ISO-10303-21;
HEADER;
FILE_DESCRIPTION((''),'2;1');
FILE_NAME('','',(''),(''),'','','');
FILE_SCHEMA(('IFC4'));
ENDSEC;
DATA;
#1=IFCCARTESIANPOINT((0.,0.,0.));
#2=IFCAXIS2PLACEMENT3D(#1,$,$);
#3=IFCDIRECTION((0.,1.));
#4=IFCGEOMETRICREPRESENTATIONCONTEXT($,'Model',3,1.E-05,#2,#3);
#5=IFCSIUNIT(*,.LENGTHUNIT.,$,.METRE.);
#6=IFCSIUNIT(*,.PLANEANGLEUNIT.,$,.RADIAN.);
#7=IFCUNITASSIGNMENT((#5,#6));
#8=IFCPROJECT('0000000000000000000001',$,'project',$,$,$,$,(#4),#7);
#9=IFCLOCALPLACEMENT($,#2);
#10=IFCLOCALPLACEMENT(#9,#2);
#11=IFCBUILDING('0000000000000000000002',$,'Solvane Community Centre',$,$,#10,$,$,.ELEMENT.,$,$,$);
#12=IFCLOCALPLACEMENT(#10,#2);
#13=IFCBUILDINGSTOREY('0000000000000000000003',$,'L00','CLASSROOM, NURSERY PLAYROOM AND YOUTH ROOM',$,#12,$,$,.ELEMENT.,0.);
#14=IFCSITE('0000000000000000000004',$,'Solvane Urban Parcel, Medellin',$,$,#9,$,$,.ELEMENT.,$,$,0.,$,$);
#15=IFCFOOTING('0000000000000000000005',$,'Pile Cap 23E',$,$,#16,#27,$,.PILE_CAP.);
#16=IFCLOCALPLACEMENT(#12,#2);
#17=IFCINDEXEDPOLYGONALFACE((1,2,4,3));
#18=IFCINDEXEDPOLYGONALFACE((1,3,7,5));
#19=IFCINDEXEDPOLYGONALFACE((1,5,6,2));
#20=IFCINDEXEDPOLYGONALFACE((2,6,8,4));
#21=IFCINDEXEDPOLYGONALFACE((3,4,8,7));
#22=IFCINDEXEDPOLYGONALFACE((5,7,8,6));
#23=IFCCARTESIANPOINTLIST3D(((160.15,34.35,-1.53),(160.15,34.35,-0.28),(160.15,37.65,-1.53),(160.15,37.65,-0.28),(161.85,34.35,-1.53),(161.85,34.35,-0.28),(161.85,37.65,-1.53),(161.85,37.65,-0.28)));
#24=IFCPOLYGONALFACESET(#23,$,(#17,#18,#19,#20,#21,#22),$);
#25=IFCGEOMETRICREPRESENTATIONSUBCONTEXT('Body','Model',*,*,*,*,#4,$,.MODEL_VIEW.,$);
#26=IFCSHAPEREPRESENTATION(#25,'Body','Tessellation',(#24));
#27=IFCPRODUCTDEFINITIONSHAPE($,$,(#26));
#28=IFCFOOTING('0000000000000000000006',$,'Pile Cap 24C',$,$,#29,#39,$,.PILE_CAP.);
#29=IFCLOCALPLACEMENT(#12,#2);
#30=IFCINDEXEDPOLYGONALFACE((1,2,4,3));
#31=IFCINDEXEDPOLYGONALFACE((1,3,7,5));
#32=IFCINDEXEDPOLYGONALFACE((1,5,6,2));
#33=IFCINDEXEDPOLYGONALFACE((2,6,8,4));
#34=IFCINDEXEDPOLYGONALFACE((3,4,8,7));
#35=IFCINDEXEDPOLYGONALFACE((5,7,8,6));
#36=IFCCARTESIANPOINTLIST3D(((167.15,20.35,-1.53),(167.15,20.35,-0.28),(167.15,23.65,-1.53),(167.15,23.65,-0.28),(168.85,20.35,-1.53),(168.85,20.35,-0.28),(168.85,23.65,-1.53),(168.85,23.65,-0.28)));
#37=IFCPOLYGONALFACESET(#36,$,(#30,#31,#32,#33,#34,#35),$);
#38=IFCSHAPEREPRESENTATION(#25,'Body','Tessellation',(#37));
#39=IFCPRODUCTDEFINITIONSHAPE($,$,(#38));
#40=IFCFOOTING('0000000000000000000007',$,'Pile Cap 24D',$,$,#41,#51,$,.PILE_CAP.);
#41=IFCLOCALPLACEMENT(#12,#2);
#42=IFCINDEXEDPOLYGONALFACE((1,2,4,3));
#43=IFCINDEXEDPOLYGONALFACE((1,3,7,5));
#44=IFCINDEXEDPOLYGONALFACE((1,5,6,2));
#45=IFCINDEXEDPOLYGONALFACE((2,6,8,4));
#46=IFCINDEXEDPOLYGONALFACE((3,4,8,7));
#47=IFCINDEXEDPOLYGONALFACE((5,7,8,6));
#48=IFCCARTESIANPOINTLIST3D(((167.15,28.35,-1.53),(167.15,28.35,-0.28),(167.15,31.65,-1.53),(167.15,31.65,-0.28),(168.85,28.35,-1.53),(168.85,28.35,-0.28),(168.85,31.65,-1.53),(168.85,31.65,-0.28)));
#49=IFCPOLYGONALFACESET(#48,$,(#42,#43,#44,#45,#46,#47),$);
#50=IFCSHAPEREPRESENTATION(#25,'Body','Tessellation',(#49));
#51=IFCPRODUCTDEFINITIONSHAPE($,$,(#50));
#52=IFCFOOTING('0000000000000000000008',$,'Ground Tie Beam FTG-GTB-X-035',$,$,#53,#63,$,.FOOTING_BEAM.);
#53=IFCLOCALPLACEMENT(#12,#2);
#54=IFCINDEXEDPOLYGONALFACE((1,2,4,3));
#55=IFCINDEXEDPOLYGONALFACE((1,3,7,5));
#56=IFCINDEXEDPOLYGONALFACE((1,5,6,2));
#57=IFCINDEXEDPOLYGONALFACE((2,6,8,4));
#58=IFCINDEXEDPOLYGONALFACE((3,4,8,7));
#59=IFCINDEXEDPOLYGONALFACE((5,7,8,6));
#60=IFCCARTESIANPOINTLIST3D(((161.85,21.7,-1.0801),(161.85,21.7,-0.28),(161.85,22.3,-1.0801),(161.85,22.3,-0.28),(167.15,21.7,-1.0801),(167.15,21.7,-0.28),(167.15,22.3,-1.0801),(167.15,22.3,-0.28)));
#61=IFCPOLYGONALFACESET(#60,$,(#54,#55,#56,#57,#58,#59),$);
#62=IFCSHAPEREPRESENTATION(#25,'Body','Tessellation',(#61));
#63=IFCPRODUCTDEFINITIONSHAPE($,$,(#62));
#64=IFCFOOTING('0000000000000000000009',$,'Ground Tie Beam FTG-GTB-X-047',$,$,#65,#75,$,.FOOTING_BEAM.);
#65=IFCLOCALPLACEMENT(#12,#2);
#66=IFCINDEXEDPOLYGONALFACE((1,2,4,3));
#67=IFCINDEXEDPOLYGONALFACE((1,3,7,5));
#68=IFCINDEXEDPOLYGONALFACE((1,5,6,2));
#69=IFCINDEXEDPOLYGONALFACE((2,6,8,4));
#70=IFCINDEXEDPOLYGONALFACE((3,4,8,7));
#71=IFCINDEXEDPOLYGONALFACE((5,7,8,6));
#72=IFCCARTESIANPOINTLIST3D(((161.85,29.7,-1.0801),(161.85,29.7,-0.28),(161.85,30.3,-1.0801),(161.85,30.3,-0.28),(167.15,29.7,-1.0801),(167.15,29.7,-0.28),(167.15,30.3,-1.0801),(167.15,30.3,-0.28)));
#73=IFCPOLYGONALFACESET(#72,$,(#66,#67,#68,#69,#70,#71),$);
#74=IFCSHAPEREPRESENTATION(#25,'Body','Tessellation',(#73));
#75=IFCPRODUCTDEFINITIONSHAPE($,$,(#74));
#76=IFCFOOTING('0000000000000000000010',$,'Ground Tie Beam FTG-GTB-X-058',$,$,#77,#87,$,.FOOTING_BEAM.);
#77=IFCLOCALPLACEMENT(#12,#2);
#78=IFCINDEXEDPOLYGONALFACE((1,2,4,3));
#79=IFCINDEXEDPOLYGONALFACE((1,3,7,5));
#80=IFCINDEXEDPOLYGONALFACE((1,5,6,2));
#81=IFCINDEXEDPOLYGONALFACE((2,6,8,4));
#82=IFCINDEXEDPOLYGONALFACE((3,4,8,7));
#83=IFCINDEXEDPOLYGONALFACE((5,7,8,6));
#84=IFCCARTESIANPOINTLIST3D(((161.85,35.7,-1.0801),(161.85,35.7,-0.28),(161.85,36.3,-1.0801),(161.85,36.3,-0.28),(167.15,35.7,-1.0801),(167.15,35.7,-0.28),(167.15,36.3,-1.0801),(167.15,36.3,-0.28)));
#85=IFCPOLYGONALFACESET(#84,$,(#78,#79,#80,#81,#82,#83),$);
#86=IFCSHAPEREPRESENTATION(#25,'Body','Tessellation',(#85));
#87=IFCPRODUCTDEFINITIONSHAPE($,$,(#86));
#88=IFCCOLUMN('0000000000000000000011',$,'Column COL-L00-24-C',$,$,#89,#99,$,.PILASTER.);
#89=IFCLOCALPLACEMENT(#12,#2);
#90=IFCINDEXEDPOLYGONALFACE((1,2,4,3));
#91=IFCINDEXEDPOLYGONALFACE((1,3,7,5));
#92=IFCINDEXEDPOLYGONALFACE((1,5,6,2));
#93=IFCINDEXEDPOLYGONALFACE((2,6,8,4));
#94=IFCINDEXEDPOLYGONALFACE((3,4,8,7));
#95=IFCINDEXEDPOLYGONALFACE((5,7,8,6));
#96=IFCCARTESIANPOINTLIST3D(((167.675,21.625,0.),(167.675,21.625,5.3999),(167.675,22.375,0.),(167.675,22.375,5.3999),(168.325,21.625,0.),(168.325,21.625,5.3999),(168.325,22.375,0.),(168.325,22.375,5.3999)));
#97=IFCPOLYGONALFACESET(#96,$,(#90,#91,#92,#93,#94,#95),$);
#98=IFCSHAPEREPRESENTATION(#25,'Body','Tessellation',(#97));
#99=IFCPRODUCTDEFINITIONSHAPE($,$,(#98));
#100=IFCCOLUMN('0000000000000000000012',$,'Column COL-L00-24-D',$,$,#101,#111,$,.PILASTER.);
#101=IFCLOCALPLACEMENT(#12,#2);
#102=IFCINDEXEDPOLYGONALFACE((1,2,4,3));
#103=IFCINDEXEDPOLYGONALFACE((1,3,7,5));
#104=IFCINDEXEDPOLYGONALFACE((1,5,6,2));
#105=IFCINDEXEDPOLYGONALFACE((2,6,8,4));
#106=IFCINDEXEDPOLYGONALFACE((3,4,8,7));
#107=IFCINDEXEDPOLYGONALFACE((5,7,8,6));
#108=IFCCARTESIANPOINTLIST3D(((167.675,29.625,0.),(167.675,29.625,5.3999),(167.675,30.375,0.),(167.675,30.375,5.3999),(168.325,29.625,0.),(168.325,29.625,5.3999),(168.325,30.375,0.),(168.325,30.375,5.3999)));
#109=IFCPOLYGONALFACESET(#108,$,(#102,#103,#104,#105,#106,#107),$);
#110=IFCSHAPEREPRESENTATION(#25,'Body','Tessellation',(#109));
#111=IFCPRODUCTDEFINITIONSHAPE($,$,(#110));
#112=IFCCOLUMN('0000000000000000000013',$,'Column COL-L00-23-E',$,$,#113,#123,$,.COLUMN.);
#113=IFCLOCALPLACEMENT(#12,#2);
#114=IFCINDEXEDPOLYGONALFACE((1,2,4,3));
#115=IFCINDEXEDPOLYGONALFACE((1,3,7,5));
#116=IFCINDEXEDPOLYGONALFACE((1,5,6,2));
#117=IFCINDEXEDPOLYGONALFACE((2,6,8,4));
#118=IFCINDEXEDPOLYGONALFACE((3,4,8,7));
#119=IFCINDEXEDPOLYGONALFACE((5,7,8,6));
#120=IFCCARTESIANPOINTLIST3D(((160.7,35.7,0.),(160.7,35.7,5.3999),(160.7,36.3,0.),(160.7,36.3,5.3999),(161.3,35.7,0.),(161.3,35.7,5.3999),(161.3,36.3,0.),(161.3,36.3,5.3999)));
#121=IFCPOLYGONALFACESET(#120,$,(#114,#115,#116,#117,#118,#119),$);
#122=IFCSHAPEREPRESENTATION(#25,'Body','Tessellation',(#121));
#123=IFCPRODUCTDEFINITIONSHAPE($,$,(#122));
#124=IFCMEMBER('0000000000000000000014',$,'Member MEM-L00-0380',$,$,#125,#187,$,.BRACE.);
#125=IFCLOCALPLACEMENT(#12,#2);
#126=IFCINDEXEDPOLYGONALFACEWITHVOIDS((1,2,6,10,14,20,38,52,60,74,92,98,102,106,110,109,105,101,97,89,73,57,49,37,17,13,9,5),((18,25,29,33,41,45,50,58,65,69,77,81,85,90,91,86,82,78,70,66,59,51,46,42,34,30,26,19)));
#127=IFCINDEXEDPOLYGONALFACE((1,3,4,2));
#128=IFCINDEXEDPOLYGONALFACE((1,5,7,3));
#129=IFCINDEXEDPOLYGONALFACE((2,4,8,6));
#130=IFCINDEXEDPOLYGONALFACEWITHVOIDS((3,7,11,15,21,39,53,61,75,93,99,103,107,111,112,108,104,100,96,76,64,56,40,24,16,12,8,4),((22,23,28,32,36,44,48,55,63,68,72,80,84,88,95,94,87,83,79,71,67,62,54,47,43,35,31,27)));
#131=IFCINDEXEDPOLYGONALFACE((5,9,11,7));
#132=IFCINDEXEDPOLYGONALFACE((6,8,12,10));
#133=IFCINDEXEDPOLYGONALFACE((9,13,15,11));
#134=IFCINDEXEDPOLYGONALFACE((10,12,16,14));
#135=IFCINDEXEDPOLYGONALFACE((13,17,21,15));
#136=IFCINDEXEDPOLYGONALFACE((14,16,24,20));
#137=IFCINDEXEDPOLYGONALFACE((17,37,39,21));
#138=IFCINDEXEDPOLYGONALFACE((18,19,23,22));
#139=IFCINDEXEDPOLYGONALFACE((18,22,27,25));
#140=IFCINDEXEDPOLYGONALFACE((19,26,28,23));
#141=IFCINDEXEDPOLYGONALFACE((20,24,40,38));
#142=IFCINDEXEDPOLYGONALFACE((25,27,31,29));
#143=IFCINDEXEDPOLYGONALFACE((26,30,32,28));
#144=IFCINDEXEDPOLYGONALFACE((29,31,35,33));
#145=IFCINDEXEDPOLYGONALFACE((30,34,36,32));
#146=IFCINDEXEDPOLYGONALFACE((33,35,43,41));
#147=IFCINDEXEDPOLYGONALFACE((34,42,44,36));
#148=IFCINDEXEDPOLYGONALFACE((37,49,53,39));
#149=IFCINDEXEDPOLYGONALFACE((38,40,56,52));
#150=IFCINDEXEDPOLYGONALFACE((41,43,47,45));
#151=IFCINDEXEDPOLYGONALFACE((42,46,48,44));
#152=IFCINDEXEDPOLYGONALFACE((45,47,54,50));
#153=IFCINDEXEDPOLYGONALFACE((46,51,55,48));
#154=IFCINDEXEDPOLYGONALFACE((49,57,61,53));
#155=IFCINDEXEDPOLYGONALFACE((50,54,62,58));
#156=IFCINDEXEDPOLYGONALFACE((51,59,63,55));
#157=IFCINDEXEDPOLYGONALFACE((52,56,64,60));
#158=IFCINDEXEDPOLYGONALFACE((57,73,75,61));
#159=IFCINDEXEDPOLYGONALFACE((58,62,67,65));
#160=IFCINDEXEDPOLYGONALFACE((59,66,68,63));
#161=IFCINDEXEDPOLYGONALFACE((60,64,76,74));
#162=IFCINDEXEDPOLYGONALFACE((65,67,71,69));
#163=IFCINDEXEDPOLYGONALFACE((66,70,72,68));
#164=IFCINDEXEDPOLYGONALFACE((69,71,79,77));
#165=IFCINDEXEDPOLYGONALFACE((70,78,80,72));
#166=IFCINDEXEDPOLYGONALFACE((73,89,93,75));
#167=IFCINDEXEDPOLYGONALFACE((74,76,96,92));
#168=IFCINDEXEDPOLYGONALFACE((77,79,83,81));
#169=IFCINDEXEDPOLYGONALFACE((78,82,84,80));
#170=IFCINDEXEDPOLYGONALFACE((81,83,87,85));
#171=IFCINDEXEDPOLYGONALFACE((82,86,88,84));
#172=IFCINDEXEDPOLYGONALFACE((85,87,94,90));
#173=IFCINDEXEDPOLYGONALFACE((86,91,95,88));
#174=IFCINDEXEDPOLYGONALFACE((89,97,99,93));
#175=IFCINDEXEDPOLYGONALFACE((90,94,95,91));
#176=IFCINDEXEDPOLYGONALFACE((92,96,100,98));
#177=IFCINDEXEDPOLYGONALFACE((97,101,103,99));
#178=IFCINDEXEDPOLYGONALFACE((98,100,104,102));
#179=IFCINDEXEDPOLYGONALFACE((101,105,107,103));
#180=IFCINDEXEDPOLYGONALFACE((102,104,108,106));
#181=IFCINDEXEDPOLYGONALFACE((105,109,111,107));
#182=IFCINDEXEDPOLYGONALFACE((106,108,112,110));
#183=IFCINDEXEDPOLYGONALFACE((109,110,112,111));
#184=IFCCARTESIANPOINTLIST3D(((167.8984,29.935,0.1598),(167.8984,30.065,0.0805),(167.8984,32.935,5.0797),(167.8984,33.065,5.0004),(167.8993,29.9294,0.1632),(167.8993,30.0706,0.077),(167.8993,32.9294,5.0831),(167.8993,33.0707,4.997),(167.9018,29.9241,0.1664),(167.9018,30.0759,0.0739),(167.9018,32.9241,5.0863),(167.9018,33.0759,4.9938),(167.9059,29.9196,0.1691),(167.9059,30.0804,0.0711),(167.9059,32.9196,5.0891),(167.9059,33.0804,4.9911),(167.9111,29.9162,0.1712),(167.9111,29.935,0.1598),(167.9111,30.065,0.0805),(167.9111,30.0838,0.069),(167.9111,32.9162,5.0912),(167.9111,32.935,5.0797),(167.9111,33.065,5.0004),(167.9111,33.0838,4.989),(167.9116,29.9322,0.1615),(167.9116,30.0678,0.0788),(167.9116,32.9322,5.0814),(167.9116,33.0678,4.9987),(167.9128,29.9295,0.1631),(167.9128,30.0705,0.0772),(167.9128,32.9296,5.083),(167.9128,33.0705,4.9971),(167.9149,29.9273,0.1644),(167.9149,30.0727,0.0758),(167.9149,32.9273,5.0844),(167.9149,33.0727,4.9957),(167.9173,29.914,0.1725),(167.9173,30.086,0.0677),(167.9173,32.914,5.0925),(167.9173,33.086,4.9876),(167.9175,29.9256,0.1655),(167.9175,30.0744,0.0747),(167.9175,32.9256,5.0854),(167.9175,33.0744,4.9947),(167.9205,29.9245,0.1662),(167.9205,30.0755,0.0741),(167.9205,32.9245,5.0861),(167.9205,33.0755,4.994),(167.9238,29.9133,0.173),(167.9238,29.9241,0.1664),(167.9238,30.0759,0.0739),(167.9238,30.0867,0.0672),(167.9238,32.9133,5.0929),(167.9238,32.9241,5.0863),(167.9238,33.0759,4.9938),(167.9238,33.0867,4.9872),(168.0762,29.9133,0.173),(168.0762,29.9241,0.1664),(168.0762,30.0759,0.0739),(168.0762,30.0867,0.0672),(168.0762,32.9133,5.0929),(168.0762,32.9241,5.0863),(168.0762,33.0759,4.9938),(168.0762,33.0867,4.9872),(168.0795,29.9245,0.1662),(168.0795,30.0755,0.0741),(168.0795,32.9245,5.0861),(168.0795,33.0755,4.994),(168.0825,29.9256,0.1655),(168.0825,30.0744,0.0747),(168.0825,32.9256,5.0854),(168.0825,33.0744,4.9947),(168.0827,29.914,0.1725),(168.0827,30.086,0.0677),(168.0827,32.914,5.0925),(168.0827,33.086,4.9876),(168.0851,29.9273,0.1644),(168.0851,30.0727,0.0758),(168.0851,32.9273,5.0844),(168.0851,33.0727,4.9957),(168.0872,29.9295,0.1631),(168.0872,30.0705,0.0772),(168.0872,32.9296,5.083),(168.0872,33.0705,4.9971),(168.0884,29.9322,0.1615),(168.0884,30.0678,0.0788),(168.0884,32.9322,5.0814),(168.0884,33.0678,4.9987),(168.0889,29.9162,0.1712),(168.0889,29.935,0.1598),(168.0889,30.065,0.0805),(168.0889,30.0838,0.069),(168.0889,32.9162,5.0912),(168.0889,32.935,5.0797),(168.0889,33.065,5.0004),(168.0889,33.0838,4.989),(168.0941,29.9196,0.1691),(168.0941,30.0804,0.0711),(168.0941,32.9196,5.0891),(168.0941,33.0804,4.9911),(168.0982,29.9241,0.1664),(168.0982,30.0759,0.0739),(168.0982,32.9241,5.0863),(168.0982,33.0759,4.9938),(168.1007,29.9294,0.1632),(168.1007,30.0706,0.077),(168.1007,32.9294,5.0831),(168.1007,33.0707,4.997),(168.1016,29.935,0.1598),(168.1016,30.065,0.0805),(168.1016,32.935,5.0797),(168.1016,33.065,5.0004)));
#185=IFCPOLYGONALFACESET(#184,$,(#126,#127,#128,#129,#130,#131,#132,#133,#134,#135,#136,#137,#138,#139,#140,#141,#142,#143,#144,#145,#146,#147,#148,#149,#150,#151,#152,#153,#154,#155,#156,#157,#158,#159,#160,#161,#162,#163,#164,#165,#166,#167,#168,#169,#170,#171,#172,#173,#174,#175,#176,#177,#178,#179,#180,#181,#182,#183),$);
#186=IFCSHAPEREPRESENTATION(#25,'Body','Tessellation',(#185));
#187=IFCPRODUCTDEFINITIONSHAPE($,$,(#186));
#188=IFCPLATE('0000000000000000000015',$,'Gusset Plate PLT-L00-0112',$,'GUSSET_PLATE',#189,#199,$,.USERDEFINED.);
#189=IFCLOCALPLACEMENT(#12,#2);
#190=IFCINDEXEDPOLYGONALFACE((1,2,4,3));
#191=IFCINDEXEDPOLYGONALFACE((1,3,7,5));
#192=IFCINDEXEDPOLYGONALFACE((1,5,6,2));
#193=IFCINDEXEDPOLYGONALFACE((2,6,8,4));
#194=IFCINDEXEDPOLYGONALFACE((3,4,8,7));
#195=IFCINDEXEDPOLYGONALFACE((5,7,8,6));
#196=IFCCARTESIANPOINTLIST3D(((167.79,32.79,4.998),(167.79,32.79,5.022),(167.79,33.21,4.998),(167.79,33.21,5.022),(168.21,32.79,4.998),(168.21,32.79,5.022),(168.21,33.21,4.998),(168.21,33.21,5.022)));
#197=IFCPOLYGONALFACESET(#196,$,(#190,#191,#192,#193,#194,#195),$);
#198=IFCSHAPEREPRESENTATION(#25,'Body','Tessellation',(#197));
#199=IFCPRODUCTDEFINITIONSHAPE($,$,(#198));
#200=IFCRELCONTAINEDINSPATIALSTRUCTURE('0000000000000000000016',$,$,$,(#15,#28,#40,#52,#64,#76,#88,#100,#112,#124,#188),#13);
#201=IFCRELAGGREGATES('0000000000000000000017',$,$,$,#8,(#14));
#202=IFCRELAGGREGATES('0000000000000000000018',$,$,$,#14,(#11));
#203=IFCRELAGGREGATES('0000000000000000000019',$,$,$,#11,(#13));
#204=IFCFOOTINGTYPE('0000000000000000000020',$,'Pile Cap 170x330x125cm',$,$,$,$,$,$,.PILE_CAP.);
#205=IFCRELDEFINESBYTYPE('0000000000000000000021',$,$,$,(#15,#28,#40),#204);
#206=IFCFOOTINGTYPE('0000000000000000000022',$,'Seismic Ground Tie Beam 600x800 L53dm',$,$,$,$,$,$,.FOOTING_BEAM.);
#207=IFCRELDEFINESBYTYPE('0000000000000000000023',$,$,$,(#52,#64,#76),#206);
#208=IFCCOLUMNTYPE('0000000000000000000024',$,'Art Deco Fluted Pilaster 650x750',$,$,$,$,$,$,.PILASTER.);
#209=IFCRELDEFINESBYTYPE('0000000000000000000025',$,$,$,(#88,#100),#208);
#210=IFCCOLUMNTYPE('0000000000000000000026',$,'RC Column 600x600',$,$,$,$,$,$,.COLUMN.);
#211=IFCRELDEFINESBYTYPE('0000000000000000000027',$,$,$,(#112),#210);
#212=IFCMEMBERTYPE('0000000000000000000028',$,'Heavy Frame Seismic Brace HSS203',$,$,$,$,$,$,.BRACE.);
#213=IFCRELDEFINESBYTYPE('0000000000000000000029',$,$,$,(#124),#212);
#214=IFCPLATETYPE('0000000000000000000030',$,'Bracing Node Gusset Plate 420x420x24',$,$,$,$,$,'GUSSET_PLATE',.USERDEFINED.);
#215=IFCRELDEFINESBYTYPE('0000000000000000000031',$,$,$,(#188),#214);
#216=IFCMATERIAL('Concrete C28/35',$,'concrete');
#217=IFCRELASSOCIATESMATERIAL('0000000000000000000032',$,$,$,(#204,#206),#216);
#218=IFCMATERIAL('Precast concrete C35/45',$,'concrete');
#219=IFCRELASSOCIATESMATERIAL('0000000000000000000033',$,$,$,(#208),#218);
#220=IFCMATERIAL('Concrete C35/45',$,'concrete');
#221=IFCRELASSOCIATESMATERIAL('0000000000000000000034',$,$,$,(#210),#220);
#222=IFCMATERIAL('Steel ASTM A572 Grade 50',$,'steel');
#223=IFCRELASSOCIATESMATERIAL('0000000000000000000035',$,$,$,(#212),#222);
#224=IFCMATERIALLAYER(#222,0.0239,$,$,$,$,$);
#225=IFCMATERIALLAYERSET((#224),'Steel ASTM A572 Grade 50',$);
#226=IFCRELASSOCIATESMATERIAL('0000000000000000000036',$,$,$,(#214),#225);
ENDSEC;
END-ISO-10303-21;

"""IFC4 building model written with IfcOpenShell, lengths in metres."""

from ifc_helpers import new_model, si_unit, direction, frame, origin, origin_2d, place, context, subcontext, project, spatial, rectangle, hollow_rectangle, extrude, material, layer, layer_set, material_profile, profile_set, type_object, element, save


model = new_model("IFC4")

# Units and contexts
model_context = context("Model", 3, precision=1e-05, world=origin(), true_north=direction((0.0, 1.0)))
body_context = subcontext(model_context, "Body", "Model", "MODEL_VIEW")
ifc_project = project(units=[si_unit("LENGTHUNIT", "METRE"), si_unit("PLANEANGLEUNIT", "RADIAN")], contexts=[model_context])

# Site, building, storey
site_placement = place(None, origin())
site = spatial("IfcSite", under=ifc_project, at=site_placement, Name="Solvane Urban Parcel, Medellin", CompositionType="ELEMENT", RefElevation=0.0)
building_placement = place(site_placement, origin())
building = spatial("IfcBuilding", under=site, at=building_placement, Name="Solvane Community Centre", CompositionType="ELEMENT")
storey_placement = place(building_placement, origin())
storey = spatial("IfcBuildingStorey", under=building, at=storey_placement, Name="L00", Description="CLASSROOM, NURSERY PLAYROOM AND YOUTH ROOM", CompositionType="ELEMENT", Elevation=0.0)

# Shared definitions
ifc_material_1 = material(Name="Concrete C28/35", Category="concrete")

# Footings
footing_type_1 = type_object("IfcFootingType", Name="Pile Cap 170x330x125cm", PredefinedType="PILE_CAP", material=ifc_material_1)
for number, where, z_axis, x_axis, name in (
    (1, (161.0, 36.0, -1.53), (0.0, 0.0, 1.0), (1.0, 0.0, 0.0), "Pile Cap 23E"),
    (2, (168.0, 22.0, -1.53), (0.0, 0.0, 1.0), (1.0, 0.0, 0.0), "Pile Cap 24C"),
    (3, (168.0, 30.0, -1.53), (0.0, 0.0, 1.0), (1.0, 0.0, 0.0), "Pile Cap 24D"),
):
    element("IfcFooting", number, at=place(storey_placement, frame(where, z_axis=z_axis, x_axis=x_axis)), inside=storey, type_object=footing_type_1, Name=name, PredefinedType="PILE_CAP", context=body_context, shape_type="SweptSolid", body=[
        extrude(rectangle(XDim=1.7, YDim=3.3, at=origin_2d()), origin(), (0.0, 0.0, 1.0), 1.25),
    ])
footing_type_2 = type_object("IfcFootingType", Name="Seismic Ground Tie Beam 600x800 L53dm", PredefinedType="FOOTING_BEAM", material=ifc_material_1)
for number, where, z_axis, x_axis, name in (
    (4, (164.5, 22.0, -1.0801), (0.0, 0.0, 1.0), (1.0, 0.0, 0.0), "Ground Tie Beam FTG-GTB-X-035"),
    (5, (164.5, 30.0, -1.0801), (0.0, 0.0, 1.0), (1.0, 0.0, 0.0), "Ground Tie Beam FTG-GTB-X-047"),
    (6, (164.5, 36.0, -1.0801), (0.0, 0.0, 1.0), (1.0, 0.0, 0.0), "Ground Tie Beam FTG-GTB-X-058"),
):
    element("IfcFooting", number, at=place(storey_placement, frame(where, z_axis=z_axis, x_axis=x_axis)), inside=storey, type_object=footing_type_2, Name=name, PredefinedType="FOOTING_BEAM", context=body_context, shape_type="SweptSolid", body=[
        extrude(rectangle(XDim=5.3, YDim=0.6001, at=origin_2d()), origin(), (0.0, 0.0, 1.0), 0.8),
    ])

# Columns
ifc_material_2 = material(Name="Precast concrete C35/45", Category="concrete")
ifc_material_profile_1 = material_profile(ifc_material_2, rectangle(XDim=0.6499, YDim=0.75, at=origin_2d()), Name="RC 650x750")
ifc_profile_set_1 = profile_set([ifc_material_profile_1], Name="Precast concrete C35/45")
column_type_1 = type_object("IfcColumnType", Name="Art Deco Fluted Pilaster 650x750", PredefinedType="PILASTER", material=ifc_profile_set_1)
for number, where, z_axis, x_axis, name in (
    (7, (168.0, 22.0, 0.0), (0.0, 0.0, 1.0), (1.0, 0.0, 0.0), "Column COL-L00-24-C"),
    (8, (168.0, 30.0, 0.0), (0.0, 0.0, 1.0), (1.0, 0.0, 0.0), "Column COL-L00-24-D"),
):
    element("IfcColumn", number, at=place(storey_placement, frame(where, z_axis=z_axis, x_axis=x_axis)), inside=storey, type_object=column_type_1, Name=name, PredefinedType="PILASTER", context=body_context, shape_type="SweptSolid", body=[
        extrude(rectangle(XDim=0.6499, YDim=0.75, at=origin_2d()), origin(), (0.0, 0.0, 1.0), 5.3999),
    ])
ifc_material_3 = material(Name="Concrete C35/45", Category="concrete")
ifc_material_profile_2 = material_profile(ifc_material_3, rectangle(XDim=0.6001, YDim=0.6001, at=origin_2d()), Name="RC 600x600")
ifc_profile_set_2 = profile_set([ifc_material_profile_2], Name="Concrete C35/45")
column_type_2 = type_object("IfcColumnType", Name="RC Column 600x600", PredefinedType="COLUMN", material=ifc_profile_set_2)
column_placement = place(storey_placement, frame((161.0, 36.0, 0.0), z_axis=(0.0, 0.0, 1.0), x_axis=(1.0, 0.0, 0.0)))
element("IfcColumn", 9, at=column_placement, inside=storey, type_object=column_type_2, Name="Column COL-L00-23-E", PredefinedType="COLUMN", context=body_context, shape_type="SweptSolid", body=[
    extrude(rectangle(XDim=0.6001, YDim=0.6001, at=origin_2d()), origin(), (0.0, 0.0, 1.0), 5.3999),
])

# Member
ifc_material_4 = material(Name="Steel ASTM A572 Grade 50", Category="steel")
ifc_material_profile_3 = material_profile(ifc_material_4, hollow_rectangle(XDim=0.2031, YDim=0.2031, WallThickness=0.0127, InnerFilletRadius=0.0127, OuterFilletRadius=0.0254, at=origin_2d()), Name="HSS 203x203x12.7")
ifc_profile_set_3 = profile_set([ifc_material_profile_3], Name="Steel ASTM A572 Grade 50")
member_type = type_object("IfcMemberType", Name="Heavy Frame Seismic Brace HSS203", PredefinedType="BRACE", material=ifc_profile_set_3)
member_placement = place(storey_placement, frame((168.0, 30.0, 0.1201), z_axis=(0.0, 0.520613, 0.853793), x_axis=(-1.0, 0.0, 0.0)))
element("IfcMember", 10, at=member_placement, inside=storey, type_object=member_type, Name="Member MEM-L00-0380", PredefinedType="BRACE", context=body_context, shape_type="SweptSolid", body=[
    extrude(hollow_rectangle(XDim=0.2031, YDim=0.2031, WallThickness=0.0127, InnerFilletRadius=0.0127, OuterFilletRadius=0.0254, at=origin_2d()), origin(), (0.0, 0.0, 1.0), 5.7625),
])

# Plate
ifc_layer_1 = layer(ifc_material_4, 0.0239)
ifc_layer_set_1 = layer_set([ifc_layer_1], Name="Steel ASTM A572 Grade 50")
plate_type = type_object("IfcPlateType", Name="Bracing Node Gusset Plate 420x420x24", ElementType="GUSSET_PLATE", PredefinedType="USERDEFINED", material=ifc_layer_set_1)
for number, where, z_axis, x_axis, name in (
    (11, (168.0, 33.0, 4.998), (0.0, 0.0, 1.0), (1.0, 0.0, 0.0), "Gusset Plate PLT-L00-0112"),
):
    element("IfcPlate", number, at=place(storey_placement, frame(where, z_axis=z_axis, x_axis=x_axis)), inside=storey, type_object=plate_type, Name=name, ObjectType="GUSSET_PLATE", PredefinedType="USERDEFINED", context=body_context, shape_type="SweptSolid", body=[
        extrude(rectangle(XDim=0.4199, YDim=0.4199, at=origin_2d()), origin(), (0.0, 0.0, 1.0), 0.0239),
    ])

save(model, "model.ifc")
